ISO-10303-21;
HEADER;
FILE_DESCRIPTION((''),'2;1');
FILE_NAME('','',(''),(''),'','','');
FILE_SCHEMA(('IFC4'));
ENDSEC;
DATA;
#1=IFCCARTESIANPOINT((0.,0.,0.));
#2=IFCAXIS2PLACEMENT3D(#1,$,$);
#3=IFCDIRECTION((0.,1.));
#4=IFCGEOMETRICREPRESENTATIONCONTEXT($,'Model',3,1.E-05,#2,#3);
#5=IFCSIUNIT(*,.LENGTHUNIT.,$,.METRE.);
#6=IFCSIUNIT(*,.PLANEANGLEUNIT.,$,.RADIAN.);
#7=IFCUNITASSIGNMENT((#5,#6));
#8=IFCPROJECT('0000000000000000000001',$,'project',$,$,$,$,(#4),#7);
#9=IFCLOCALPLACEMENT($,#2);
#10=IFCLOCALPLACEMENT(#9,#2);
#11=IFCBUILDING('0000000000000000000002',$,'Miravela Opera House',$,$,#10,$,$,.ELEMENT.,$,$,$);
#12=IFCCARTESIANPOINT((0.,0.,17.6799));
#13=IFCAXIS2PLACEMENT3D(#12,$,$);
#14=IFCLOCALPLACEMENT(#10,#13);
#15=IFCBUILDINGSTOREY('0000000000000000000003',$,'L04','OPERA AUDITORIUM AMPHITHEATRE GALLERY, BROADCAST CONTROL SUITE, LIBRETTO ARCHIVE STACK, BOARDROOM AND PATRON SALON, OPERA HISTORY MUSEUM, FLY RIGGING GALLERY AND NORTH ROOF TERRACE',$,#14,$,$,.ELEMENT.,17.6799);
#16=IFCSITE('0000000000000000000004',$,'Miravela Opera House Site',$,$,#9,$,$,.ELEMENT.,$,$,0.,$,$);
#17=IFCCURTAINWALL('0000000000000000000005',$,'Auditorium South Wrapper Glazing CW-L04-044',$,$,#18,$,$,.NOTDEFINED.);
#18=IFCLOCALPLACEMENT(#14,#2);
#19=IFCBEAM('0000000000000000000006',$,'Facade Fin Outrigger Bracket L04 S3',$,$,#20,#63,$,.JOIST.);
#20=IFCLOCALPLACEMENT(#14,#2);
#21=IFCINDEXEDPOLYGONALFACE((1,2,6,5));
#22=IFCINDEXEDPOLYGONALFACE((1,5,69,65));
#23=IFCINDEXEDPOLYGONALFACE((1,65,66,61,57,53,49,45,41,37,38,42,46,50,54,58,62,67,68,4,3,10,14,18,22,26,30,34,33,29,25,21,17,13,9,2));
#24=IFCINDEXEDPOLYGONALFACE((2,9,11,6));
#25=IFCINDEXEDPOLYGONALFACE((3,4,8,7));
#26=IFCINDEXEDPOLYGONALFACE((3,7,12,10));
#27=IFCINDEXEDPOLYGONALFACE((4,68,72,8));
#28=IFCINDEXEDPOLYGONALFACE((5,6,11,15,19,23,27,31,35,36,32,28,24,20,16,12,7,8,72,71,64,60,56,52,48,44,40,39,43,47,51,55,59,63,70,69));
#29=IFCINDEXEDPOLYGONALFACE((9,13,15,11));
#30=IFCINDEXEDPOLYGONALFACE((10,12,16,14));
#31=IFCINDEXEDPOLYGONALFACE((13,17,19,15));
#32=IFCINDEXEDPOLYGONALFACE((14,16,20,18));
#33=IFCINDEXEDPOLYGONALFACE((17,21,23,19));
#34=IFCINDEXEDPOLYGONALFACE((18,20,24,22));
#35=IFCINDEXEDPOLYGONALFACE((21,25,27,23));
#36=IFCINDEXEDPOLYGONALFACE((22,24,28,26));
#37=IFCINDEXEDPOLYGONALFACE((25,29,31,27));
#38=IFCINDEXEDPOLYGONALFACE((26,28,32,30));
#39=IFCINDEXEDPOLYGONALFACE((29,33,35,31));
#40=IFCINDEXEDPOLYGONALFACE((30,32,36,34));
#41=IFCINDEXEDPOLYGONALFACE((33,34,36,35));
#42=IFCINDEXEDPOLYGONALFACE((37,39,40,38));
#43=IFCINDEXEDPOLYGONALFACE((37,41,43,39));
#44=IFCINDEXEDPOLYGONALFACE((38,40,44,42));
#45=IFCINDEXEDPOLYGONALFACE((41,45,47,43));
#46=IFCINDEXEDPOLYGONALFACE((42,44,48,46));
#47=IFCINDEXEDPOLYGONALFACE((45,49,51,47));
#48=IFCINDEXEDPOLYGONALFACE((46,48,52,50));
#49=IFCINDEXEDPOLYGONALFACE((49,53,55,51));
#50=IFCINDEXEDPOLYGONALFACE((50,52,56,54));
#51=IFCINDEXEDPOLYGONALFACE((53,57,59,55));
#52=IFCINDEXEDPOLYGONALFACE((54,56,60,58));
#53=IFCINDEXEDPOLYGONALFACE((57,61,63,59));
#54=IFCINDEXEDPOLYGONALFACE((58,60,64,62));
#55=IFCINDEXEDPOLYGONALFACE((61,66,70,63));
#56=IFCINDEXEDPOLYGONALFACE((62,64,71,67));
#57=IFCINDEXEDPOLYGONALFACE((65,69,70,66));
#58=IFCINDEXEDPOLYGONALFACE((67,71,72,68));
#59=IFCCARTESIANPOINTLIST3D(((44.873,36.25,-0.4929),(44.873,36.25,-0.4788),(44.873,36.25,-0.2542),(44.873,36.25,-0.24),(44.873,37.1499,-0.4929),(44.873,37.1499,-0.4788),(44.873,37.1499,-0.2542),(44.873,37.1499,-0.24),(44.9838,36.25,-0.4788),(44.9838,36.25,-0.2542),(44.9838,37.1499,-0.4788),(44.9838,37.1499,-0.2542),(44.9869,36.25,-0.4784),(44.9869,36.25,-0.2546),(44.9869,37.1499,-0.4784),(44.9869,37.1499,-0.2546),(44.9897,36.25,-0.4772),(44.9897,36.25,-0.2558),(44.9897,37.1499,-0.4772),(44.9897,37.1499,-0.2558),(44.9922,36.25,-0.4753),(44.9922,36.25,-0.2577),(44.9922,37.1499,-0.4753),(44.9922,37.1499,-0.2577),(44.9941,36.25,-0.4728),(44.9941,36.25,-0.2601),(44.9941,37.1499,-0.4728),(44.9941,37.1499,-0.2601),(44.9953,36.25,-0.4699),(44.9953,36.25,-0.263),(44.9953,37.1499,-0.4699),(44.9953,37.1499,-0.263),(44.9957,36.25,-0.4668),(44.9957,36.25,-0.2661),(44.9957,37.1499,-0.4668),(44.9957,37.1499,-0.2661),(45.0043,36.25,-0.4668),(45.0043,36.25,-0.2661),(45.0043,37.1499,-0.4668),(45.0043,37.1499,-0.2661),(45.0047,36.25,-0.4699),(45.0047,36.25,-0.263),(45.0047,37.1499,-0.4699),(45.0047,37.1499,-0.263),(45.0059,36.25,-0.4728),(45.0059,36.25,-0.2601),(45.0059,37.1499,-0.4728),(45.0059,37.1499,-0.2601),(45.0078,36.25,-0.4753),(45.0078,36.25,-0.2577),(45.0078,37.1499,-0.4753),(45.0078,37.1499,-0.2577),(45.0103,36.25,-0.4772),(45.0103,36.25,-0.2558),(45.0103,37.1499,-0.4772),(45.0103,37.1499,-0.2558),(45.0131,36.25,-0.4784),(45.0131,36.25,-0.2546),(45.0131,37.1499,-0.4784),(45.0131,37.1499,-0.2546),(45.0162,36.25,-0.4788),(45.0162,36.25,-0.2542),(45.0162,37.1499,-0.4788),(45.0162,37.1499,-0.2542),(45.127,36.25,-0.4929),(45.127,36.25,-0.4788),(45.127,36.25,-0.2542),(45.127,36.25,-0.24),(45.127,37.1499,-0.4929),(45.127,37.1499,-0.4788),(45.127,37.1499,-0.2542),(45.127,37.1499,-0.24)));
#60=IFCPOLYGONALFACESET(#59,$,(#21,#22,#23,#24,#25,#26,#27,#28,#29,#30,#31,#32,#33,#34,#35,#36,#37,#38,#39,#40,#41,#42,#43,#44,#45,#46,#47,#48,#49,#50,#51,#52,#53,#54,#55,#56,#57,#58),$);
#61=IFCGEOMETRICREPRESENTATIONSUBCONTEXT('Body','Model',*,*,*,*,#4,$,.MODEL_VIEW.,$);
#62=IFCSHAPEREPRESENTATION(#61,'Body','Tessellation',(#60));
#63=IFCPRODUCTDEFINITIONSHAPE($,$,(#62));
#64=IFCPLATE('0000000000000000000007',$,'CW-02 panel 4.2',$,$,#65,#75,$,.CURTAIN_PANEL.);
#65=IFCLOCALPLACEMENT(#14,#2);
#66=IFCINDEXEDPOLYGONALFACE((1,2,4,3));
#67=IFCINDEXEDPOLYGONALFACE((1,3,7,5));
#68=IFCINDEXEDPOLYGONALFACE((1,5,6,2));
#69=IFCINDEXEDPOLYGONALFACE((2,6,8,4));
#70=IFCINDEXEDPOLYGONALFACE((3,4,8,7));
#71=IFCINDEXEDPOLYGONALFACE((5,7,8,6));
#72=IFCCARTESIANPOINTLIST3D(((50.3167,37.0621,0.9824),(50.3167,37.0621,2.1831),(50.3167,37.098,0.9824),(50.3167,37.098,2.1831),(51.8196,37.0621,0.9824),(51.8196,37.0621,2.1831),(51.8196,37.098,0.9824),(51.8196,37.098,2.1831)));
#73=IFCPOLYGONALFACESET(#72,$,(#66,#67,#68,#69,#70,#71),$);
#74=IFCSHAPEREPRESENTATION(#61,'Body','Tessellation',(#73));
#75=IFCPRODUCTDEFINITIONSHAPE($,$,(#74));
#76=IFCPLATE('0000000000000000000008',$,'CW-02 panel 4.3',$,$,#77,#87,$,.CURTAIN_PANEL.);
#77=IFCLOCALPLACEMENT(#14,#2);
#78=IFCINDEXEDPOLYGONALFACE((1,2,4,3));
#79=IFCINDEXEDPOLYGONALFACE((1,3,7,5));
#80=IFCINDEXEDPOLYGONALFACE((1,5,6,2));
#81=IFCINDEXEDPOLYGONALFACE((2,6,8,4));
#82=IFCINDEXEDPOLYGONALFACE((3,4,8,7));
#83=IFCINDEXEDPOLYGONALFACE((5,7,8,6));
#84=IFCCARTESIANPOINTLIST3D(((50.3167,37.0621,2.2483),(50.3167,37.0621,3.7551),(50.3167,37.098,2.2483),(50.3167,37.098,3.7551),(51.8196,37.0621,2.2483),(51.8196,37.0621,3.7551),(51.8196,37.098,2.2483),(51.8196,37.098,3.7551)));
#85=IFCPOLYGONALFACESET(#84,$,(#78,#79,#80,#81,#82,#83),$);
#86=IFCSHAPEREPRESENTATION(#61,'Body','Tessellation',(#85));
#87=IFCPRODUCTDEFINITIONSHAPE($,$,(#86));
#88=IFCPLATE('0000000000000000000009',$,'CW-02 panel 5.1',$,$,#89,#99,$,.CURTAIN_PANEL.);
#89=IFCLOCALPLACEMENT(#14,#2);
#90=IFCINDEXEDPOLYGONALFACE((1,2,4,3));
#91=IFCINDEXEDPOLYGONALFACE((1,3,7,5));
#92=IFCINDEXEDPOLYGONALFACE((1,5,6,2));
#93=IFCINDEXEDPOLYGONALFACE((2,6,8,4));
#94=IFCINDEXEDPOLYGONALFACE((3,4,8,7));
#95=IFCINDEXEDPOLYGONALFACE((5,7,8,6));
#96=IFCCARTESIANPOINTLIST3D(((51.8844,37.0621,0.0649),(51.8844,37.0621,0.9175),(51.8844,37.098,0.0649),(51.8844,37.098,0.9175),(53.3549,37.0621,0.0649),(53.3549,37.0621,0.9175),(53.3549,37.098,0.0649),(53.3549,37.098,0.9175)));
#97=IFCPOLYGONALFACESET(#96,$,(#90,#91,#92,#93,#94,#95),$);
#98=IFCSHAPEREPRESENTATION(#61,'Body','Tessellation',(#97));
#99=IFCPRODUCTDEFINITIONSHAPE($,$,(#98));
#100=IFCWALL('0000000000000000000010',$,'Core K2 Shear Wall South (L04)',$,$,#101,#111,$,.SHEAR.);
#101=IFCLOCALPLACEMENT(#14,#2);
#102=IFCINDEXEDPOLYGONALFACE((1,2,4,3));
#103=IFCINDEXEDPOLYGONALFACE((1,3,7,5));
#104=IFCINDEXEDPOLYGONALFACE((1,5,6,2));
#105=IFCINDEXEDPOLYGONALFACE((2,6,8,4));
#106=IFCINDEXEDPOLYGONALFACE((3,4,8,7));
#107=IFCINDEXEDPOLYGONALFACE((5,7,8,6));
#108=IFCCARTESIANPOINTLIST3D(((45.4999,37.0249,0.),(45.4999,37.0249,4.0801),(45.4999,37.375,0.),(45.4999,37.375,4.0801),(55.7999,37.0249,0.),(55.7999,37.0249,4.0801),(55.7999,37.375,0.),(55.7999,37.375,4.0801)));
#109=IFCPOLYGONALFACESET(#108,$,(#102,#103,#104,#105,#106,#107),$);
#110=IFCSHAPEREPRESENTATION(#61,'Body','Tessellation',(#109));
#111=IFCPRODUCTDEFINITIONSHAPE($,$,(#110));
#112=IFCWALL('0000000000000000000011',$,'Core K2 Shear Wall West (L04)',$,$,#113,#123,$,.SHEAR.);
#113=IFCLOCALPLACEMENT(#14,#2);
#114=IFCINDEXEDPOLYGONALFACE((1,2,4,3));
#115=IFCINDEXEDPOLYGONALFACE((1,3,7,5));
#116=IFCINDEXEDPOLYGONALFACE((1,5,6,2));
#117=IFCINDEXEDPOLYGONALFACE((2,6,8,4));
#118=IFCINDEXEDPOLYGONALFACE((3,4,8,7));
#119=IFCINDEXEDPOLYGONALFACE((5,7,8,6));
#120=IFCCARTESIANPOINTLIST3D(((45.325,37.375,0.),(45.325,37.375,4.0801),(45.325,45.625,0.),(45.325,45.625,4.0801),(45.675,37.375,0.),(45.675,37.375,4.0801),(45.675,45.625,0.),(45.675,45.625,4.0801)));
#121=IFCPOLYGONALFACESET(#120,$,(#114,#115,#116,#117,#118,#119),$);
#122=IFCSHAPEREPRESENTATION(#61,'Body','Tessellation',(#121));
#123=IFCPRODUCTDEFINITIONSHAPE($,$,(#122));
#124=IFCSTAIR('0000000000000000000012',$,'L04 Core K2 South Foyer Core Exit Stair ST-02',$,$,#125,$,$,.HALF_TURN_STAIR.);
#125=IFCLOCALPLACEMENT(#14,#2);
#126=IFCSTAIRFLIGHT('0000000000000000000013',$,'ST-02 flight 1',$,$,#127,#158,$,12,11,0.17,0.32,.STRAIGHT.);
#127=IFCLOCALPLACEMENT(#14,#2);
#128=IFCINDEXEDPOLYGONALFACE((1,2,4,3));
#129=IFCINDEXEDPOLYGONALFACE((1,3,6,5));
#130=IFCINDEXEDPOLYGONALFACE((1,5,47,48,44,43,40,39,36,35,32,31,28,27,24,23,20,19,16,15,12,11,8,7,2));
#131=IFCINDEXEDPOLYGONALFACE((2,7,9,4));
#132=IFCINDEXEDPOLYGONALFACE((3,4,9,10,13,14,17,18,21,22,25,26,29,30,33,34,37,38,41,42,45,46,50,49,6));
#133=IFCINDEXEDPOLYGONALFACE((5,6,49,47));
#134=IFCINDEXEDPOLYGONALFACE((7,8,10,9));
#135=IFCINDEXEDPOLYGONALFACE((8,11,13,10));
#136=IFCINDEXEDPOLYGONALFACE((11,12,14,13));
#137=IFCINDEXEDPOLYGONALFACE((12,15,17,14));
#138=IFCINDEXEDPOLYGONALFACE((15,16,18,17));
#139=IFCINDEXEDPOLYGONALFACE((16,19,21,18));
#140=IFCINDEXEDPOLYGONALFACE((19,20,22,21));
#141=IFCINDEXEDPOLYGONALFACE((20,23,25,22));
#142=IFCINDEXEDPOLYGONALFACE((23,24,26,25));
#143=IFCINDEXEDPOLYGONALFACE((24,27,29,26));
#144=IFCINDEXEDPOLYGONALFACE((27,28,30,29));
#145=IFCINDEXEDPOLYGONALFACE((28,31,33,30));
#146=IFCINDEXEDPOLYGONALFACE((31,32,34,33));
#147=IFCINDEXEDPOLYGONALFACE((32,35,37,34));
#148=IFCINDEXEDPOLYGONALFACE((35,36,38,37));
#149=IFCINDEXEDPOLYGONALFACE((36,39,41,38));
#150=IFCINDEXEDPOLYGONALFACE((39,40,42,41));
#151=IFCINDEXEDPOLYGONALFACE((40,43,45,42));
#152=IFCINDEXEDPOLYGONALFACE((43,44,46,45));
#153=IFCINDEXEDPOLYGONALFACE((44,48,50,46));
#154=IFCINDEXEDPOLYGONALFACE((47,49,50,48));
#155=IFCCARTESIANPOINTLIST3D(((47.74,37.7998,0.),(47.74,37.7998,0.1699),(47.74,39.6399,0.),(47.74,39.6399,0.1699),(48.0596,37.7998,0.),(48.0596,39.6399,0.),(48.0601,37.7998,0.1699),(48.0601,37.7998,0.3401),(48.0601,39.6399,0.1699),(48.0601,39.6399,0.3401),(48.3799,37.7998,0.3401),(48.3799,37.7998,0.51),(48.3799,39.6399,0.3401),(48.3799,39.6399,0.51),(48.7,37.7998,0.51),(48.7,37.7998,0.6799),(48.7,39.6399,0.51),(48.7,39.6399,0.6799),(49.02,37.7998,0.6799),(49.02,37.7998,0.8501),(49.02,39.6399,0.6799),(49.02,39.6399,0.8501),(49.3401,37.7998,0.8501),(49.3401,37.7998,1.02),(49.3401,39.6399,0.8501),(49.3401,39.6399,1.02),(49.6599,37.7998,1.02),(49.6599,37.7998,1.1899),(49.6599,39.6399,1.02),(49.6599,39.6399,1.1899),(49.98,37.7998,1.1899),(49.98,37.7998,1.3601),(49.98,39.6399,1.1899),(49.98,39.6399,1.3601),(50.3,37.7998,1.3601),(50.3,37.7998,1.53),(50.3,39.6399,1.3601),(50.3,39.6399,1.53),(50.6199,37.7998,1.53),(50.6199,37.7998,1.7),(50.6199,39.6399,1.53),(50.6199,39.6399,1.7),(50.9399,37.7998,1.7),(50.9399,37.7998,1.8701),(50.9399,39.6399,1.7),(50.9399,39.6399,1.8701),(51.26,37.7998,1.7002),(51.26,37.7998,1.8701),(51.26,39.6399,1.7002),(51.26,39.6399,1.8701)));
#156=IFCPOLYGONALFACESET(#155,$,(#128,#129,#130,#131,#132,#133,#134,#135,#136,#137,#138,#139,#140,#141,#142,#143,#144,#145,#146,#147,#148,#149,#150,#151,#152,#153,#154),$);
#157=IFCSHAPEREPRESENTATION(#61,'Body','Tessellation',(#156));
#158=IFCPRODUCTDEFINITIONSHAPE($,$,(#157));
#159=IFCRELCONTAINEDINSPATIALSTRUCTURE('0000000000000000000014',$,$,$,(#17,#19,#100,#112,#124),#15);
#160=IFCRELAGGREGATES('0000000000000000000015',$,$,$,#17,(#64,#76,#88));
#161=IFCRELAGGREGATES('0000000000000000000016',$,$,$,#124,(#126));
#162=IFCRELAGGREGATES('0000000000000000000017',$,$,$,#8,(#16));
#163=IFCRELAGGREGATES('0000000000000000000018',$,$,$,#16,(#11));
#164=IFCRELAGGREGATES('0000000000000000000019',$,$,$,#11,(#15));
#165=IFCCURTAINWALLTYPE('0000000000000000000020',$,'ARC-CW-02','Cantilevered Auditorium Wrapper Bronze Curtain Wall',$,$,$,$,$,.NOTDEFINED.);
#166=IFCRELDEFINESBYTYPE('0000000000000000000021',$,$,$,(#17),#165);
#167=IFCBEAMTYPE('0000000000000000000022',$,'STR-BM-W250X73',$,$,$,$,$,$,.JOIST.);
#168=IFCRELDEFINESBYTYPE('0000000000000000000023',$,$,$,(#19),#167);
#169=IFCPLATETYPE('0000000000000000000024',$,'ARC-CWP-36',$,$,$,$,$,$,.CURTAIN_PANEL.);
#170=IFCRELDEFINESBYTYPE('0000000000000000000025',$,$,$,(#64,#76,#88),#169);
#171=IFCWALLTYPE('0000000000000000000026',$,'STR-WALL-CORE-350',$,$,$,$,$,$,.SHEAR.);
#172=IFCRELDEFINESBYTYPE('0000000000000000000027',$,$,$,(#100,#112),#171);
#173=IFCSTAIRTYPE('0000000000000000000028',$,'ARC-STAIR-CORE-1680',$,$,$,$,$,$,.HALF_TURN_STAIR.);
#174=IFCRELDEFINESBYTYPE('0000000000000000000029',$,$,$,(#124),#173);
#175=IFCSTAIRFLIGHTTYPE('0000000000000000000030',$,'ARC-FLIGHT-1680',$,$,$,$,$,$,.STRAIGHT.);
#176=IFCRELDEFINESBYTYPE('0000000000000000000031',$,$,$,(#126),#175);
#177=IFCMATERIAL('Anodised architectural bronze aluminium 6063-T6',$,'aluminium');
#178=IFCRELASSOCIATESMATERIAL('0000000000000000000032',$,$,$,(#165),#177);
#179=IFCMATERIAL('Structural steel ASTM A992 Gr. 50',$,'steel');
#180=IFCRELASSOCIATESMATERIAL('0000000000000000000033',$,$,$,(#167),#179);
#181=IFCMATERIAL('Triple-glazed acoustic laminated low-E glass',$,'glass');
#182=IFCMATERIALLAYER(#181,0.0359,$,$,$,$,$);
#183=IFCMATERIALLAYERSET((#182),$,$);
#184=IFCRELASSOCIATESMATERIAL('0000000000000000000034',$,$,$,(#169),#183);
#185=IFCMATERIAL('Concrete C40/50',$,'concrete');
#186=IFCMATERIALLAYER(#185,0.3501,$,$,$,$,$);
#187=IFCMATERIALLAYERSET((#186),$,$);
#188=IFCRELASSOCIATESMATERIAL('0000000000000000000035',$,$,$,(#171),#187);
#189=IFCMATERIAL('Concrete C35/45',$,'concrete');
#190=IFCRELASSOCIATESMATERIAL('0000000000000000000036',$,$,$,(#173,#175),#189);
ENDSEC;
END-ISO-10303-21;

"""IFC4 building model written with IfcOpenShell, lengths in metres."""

from ifc_helpers import new_model, si_unit, direction, frame, frame_2d, origin, origin_2d, place, context, subcontext, project, spatial, polyline, rectangle, i_section, outline, extrude, material, layer, layer_set, material_profile, profile_set, type_object, element, aggregate, save


model = new_model("IFC4")

# Units and contexts
model_context = context("Model", 3, precision=1e-05, world=origin(), true_north=direction((0.0, 1.0)))
body_context = subcontext(model_context, "Body", "Model", "MODEL_VIEW")
ifc_project = project(units=[si_unit("LENGTHUNIT", "METRE"), si_unit("PLANEANGLEUNIT", "RADIAN")], contexts=[model_context])

# Site, building, storey
site_placement = place(None, origin())
site = spatial("IfcSite", under=ifc_project, at=site_placement, Name="Miravela Opera House Site", CompositionType="ELEMENT", RefElevation=0.0)
building_placement = place(site_placement, origin())
building = spatial("IfcBuilding", under=site, at=building_placement, Name="Miravela Opera House", CompositionType="ELEMENT")
storey_placement = place(building_placement, frame((0.0, 0.0, 17.6799)))
storey = spatial("IfcBuildingStorey", under=building, at=storey_placement, Name="L04", Description="OPERA AUDITORIUM AMPHITHEATRE GALLERY, BROADCAST CONTROL SUITE, LIBRETTO ARCHIVE STACK, BOARDROOM AND PATRON SALON, OPERA HISTORY MUSEUM, FLY RIGGING GALLERY AND NORTH ROOF TERRACE", CompositionType="ELEMENT", Elevation=17.6799)

# Curtain wall
ifc_material_1 = material(Name="Anodised architectural bronze aluminium 6063-T6", Category="aluminium")
curtain_wall_type = type_object("IfcCurtainWallType", Name="ARC-CW-02", Description="Cantilevered Auditorium Wrapper Bronze Curtain Wall", PredefinedType="NOTDEFINED", material=ifc_material_1)
curtain_wall_placement = place(storey_placement, origin())
curtain_wall = element("IfcCurtainWall", 1, at=curtain_wall_placement, inside=storey, type_object=curtain_wall_type, Name="Auditorium South Wrapper Glazing CW-L04-044", PredefinedType="NOTDEFINED")

# Beam
ifc_material_2 = material(Name="Concrete C35/45", Category="concrete")
ifc_material_3 = material(Name="Structural steel ASTM A992 Gr. 50", Category="steel")
ifc_material_profile_1 = material_profile(ifc_material_3, i_section(OverallWidth=0.2539, OverallDepth=0.2529, WebThickness=0.0085, FlangeThickness=0.0142, FilletRadius=0.012, at=origin_2d()), Name="W250X73")
ifc_profile_set_1 = profile_set([ifc_material_profile_1])
beam_type_1 = type_object("IfcBeamType", Name="STR-BM-W250X73", PredefinedType="JOIST", material=ifc_profile_set_1)
beam_1_placement = place(storey_placement, frame((45.0, 37.1499, -0.3665), z_axis=(0.0, -1.0, 0.0), x_axis=(1.0, 0.0, 0.0)))
element("IfcBeam", 2, at=beam_1_placement, inside=storey, type_object=beam_type_1, Name="Facade Fin Outrigger Bracket L04 S3", PredefinedType="JOIST", context=body_context, shape_type="SweptSolid", body=[
    extrude(i_section(OverallWidth=0.2539, OverallDepth=0.2529, WebThickness=0.0085, FlangeThickness=0.0142, FilletRadius=0.012, at=origin_2d()), origin(), (0.0, 0.0, 1.0), 0.8999),
])

# Plates
ifc_material_4 = material(Name="Triple-glazed acoustic laminated low-E glass", Category="glass")
ifc_layer_1 = layer(ifc_material_4, 0.0359)
ifc_layer_set_1 = layer_set([ifc_layer_1])
plate_type = type_object("IfcPlateType", Name="ARC-CWP-36", PredefinedType="CURTAIN_PANEL", material=ifc_layer_set_1)
plate_1_placement = place(storey_placement, frame((51.0681, 37.0801, 0.9824), z_axis=(0.0, 0.0, 1.0), x_axis=(1.0, 0.0, 0.0)))
plate_1 = element("IfcPlate", 3, at=plate_1_placement, type_object=plate_type, Name="CW-02 panel 4.2", PredefinedType="CURTAIN_PANEL", context=body_context, shape_type="SweptSolid", body=[
    extrude(rectangle(XDim=1.5029, YDim=0.0359, at=origin_2d()), origin(), (0.0, 0.0, 1.0), 1.2007),
])
plate_2_placement = place(storey_placement, frame((51.0681, 37.0801, 2.2483), z_axis=(0.0, 0.0, 1.0), x_axis=(1.0, 0.0, 0.0)))
plate_2 = element("IfcPlate", 4, at=plate_2_placement, type_object=plate_type, Name="CW-02 panel 4.3", PredefinedType="CURTAIN_PANEL", context=body_context, shape_type="SweptSolid", body=[
    extrude(rectangle(XDim=1.5029, YDim=0.0359, at=origin_2d()), origin(), (0.0, 0.0, 1.0), 1.5068),
])
plate_3_placement = place(storey_placement, frame((52.6196, 37.0801, 0.0649), z_axis=(0.0, 0.0, 1.0), x_axis=(1.0, 0.0, 0.0)))
plate_3 = element("IfcPlate", 5, at=plate_3_placement, type_object=plate_type, Name="CW-02 panel 5.1", PredefinedType="CURTAIN_PANEL", context=body_context, shape_type="SweptSolid", body=[
    extrude(rectangle(XDim=1.4705, YDim=0.0359, at=origin_2d()), origin(), (0.0, 0.0, 1.0), 0.8525),
])
aggregate(curtain_wall, [plate_1, plate_2, plate_3])

# Walls
ifc_material_5 = material(Name="Concrete C40/50", Category="concrete")
ifc_layer_2 = layer(ifc_material_5, 0.3501)
ifc_layer_set_2 = layer_set([ifc_layer_2])
wall_type = type_object("IfcWallType", Name="STR-WALL-CORE-350", PredefinedType="SHEAR", material=ifc_layer_set_2)
wall_1_placement = place(storey_placement, frame((45.5, 37.2, 0.0), z_axis=(0.0, 0.0, 1.0), x_axis=(1.0, 0.0, 0.0)))
element("IfcWall", 6, at=wall_1_placement, inside=storey, type_object=wall_type, Name="Core K2 Shear Wall South (L04)", PredefinedType="SHEAR", context=body_context, shape_type="SweptSolid", body=[
    extrude(rectangle(XDim=10.3, YDim=0.3501, at=frame_2d((5.1499, 0.0))), origin(), (0.0, 0.0, 1.0), 4.0801),
])
wall_2_placement = place(storey_placement, frame((45.5, 37.375, 0.0), z_axis=(0.0, 0.0, 1.0), x_axis=(0.0, 1.0, 0.0)))
element("IfcWall", 7, at=wall_2_placement, inside=storey, type_object=wall_type, Name="Core K2 Shear Wall West (L04)", PredefinedType="SHEAR", context=body_context, shape_type="SweptSolid", body=[
    extrude(rectangle(XDim=8.25, YDim=0.3501, at=frame_2d((4.125, 0.0))), origin(), (0.0, 0.0, 1.0), 4.0801),
])

# Stair, stair flight
stair_type = type_object("IfcStairType", Name="ARC-STAIR-CORE-1680", PredefinedType="HALF_TURN_STAIR", material=ifc_material_2)
stair_placement = place(storey_placement, origin())
stair = element("IfcStair", 8, at=stair_placement, inside=storey, type_object=stair_type, Name="L04 Core K2 South Foyer Core Exit Stair ST-02", PredefinedType="HALF_TURN_STAIR")
stair_flight_type = type_object("IfcStairFlightType", Name="ARC-FLIGHT-1680", PredefinedType="STRAIGHT", material=ifc_material_2)
stair_flight_1_placement = place(storey_placement, frame((47.74, 38.72, 0.0), z_axis=(0.0, 0.0, 1.0), x_axis=(1.0, 0.0, 0.0)))
stair_flight_1 = element("IfcStairFlight", 9, at=stair_flight_1_placement, type_object=stair_flight_type, Name="ST-02 flight 1", NumberOfRisers=12, NumberOfTreads=11, PredefinedType="STRAIGHT", RiserHeight=0.17, TreadLength=0.32, context=body_context, shape_type="SweptSolid", body=[
    extrude(outline(polyline([(0.0, 0.0), (0.0, 0.1699), (0.3201, 0.1699), (0.3201, 0.3401), (0.6399, 0.3401), (0.6399, 0.51), (0.96, 0.51), (0.96, 0.6799), (1.28, 0.6799), (1.28, 0.8501), (1.6001, 0.8501), (1.6001, 1.02), (1.9199, 1.02), (1.9199, 1.1899), (2.24, 1.1899), (2.24, 1.3601), (2.5601, 1.3601), (2.5601, 1.53), (2.8799, 1.53), (2.8799, 1.7), (3.2, 1.7), (3.2, 1.8701), (3.52, 1.8701), (3.52, 2.04), (3.52, 1.7002), (0.3196, 0.0), (0.0, 0.0)])), frame((0.0, 0.9199, 0.0), z_axis=(0.0, -1.0, 0.0), x_axis=(1.0, 0.0, 0.0)), (0.0, 0.0, 1.0), 1.8401),
])
aggregate(stair, [stair_flight_1])

save(model, "model.ifc")
